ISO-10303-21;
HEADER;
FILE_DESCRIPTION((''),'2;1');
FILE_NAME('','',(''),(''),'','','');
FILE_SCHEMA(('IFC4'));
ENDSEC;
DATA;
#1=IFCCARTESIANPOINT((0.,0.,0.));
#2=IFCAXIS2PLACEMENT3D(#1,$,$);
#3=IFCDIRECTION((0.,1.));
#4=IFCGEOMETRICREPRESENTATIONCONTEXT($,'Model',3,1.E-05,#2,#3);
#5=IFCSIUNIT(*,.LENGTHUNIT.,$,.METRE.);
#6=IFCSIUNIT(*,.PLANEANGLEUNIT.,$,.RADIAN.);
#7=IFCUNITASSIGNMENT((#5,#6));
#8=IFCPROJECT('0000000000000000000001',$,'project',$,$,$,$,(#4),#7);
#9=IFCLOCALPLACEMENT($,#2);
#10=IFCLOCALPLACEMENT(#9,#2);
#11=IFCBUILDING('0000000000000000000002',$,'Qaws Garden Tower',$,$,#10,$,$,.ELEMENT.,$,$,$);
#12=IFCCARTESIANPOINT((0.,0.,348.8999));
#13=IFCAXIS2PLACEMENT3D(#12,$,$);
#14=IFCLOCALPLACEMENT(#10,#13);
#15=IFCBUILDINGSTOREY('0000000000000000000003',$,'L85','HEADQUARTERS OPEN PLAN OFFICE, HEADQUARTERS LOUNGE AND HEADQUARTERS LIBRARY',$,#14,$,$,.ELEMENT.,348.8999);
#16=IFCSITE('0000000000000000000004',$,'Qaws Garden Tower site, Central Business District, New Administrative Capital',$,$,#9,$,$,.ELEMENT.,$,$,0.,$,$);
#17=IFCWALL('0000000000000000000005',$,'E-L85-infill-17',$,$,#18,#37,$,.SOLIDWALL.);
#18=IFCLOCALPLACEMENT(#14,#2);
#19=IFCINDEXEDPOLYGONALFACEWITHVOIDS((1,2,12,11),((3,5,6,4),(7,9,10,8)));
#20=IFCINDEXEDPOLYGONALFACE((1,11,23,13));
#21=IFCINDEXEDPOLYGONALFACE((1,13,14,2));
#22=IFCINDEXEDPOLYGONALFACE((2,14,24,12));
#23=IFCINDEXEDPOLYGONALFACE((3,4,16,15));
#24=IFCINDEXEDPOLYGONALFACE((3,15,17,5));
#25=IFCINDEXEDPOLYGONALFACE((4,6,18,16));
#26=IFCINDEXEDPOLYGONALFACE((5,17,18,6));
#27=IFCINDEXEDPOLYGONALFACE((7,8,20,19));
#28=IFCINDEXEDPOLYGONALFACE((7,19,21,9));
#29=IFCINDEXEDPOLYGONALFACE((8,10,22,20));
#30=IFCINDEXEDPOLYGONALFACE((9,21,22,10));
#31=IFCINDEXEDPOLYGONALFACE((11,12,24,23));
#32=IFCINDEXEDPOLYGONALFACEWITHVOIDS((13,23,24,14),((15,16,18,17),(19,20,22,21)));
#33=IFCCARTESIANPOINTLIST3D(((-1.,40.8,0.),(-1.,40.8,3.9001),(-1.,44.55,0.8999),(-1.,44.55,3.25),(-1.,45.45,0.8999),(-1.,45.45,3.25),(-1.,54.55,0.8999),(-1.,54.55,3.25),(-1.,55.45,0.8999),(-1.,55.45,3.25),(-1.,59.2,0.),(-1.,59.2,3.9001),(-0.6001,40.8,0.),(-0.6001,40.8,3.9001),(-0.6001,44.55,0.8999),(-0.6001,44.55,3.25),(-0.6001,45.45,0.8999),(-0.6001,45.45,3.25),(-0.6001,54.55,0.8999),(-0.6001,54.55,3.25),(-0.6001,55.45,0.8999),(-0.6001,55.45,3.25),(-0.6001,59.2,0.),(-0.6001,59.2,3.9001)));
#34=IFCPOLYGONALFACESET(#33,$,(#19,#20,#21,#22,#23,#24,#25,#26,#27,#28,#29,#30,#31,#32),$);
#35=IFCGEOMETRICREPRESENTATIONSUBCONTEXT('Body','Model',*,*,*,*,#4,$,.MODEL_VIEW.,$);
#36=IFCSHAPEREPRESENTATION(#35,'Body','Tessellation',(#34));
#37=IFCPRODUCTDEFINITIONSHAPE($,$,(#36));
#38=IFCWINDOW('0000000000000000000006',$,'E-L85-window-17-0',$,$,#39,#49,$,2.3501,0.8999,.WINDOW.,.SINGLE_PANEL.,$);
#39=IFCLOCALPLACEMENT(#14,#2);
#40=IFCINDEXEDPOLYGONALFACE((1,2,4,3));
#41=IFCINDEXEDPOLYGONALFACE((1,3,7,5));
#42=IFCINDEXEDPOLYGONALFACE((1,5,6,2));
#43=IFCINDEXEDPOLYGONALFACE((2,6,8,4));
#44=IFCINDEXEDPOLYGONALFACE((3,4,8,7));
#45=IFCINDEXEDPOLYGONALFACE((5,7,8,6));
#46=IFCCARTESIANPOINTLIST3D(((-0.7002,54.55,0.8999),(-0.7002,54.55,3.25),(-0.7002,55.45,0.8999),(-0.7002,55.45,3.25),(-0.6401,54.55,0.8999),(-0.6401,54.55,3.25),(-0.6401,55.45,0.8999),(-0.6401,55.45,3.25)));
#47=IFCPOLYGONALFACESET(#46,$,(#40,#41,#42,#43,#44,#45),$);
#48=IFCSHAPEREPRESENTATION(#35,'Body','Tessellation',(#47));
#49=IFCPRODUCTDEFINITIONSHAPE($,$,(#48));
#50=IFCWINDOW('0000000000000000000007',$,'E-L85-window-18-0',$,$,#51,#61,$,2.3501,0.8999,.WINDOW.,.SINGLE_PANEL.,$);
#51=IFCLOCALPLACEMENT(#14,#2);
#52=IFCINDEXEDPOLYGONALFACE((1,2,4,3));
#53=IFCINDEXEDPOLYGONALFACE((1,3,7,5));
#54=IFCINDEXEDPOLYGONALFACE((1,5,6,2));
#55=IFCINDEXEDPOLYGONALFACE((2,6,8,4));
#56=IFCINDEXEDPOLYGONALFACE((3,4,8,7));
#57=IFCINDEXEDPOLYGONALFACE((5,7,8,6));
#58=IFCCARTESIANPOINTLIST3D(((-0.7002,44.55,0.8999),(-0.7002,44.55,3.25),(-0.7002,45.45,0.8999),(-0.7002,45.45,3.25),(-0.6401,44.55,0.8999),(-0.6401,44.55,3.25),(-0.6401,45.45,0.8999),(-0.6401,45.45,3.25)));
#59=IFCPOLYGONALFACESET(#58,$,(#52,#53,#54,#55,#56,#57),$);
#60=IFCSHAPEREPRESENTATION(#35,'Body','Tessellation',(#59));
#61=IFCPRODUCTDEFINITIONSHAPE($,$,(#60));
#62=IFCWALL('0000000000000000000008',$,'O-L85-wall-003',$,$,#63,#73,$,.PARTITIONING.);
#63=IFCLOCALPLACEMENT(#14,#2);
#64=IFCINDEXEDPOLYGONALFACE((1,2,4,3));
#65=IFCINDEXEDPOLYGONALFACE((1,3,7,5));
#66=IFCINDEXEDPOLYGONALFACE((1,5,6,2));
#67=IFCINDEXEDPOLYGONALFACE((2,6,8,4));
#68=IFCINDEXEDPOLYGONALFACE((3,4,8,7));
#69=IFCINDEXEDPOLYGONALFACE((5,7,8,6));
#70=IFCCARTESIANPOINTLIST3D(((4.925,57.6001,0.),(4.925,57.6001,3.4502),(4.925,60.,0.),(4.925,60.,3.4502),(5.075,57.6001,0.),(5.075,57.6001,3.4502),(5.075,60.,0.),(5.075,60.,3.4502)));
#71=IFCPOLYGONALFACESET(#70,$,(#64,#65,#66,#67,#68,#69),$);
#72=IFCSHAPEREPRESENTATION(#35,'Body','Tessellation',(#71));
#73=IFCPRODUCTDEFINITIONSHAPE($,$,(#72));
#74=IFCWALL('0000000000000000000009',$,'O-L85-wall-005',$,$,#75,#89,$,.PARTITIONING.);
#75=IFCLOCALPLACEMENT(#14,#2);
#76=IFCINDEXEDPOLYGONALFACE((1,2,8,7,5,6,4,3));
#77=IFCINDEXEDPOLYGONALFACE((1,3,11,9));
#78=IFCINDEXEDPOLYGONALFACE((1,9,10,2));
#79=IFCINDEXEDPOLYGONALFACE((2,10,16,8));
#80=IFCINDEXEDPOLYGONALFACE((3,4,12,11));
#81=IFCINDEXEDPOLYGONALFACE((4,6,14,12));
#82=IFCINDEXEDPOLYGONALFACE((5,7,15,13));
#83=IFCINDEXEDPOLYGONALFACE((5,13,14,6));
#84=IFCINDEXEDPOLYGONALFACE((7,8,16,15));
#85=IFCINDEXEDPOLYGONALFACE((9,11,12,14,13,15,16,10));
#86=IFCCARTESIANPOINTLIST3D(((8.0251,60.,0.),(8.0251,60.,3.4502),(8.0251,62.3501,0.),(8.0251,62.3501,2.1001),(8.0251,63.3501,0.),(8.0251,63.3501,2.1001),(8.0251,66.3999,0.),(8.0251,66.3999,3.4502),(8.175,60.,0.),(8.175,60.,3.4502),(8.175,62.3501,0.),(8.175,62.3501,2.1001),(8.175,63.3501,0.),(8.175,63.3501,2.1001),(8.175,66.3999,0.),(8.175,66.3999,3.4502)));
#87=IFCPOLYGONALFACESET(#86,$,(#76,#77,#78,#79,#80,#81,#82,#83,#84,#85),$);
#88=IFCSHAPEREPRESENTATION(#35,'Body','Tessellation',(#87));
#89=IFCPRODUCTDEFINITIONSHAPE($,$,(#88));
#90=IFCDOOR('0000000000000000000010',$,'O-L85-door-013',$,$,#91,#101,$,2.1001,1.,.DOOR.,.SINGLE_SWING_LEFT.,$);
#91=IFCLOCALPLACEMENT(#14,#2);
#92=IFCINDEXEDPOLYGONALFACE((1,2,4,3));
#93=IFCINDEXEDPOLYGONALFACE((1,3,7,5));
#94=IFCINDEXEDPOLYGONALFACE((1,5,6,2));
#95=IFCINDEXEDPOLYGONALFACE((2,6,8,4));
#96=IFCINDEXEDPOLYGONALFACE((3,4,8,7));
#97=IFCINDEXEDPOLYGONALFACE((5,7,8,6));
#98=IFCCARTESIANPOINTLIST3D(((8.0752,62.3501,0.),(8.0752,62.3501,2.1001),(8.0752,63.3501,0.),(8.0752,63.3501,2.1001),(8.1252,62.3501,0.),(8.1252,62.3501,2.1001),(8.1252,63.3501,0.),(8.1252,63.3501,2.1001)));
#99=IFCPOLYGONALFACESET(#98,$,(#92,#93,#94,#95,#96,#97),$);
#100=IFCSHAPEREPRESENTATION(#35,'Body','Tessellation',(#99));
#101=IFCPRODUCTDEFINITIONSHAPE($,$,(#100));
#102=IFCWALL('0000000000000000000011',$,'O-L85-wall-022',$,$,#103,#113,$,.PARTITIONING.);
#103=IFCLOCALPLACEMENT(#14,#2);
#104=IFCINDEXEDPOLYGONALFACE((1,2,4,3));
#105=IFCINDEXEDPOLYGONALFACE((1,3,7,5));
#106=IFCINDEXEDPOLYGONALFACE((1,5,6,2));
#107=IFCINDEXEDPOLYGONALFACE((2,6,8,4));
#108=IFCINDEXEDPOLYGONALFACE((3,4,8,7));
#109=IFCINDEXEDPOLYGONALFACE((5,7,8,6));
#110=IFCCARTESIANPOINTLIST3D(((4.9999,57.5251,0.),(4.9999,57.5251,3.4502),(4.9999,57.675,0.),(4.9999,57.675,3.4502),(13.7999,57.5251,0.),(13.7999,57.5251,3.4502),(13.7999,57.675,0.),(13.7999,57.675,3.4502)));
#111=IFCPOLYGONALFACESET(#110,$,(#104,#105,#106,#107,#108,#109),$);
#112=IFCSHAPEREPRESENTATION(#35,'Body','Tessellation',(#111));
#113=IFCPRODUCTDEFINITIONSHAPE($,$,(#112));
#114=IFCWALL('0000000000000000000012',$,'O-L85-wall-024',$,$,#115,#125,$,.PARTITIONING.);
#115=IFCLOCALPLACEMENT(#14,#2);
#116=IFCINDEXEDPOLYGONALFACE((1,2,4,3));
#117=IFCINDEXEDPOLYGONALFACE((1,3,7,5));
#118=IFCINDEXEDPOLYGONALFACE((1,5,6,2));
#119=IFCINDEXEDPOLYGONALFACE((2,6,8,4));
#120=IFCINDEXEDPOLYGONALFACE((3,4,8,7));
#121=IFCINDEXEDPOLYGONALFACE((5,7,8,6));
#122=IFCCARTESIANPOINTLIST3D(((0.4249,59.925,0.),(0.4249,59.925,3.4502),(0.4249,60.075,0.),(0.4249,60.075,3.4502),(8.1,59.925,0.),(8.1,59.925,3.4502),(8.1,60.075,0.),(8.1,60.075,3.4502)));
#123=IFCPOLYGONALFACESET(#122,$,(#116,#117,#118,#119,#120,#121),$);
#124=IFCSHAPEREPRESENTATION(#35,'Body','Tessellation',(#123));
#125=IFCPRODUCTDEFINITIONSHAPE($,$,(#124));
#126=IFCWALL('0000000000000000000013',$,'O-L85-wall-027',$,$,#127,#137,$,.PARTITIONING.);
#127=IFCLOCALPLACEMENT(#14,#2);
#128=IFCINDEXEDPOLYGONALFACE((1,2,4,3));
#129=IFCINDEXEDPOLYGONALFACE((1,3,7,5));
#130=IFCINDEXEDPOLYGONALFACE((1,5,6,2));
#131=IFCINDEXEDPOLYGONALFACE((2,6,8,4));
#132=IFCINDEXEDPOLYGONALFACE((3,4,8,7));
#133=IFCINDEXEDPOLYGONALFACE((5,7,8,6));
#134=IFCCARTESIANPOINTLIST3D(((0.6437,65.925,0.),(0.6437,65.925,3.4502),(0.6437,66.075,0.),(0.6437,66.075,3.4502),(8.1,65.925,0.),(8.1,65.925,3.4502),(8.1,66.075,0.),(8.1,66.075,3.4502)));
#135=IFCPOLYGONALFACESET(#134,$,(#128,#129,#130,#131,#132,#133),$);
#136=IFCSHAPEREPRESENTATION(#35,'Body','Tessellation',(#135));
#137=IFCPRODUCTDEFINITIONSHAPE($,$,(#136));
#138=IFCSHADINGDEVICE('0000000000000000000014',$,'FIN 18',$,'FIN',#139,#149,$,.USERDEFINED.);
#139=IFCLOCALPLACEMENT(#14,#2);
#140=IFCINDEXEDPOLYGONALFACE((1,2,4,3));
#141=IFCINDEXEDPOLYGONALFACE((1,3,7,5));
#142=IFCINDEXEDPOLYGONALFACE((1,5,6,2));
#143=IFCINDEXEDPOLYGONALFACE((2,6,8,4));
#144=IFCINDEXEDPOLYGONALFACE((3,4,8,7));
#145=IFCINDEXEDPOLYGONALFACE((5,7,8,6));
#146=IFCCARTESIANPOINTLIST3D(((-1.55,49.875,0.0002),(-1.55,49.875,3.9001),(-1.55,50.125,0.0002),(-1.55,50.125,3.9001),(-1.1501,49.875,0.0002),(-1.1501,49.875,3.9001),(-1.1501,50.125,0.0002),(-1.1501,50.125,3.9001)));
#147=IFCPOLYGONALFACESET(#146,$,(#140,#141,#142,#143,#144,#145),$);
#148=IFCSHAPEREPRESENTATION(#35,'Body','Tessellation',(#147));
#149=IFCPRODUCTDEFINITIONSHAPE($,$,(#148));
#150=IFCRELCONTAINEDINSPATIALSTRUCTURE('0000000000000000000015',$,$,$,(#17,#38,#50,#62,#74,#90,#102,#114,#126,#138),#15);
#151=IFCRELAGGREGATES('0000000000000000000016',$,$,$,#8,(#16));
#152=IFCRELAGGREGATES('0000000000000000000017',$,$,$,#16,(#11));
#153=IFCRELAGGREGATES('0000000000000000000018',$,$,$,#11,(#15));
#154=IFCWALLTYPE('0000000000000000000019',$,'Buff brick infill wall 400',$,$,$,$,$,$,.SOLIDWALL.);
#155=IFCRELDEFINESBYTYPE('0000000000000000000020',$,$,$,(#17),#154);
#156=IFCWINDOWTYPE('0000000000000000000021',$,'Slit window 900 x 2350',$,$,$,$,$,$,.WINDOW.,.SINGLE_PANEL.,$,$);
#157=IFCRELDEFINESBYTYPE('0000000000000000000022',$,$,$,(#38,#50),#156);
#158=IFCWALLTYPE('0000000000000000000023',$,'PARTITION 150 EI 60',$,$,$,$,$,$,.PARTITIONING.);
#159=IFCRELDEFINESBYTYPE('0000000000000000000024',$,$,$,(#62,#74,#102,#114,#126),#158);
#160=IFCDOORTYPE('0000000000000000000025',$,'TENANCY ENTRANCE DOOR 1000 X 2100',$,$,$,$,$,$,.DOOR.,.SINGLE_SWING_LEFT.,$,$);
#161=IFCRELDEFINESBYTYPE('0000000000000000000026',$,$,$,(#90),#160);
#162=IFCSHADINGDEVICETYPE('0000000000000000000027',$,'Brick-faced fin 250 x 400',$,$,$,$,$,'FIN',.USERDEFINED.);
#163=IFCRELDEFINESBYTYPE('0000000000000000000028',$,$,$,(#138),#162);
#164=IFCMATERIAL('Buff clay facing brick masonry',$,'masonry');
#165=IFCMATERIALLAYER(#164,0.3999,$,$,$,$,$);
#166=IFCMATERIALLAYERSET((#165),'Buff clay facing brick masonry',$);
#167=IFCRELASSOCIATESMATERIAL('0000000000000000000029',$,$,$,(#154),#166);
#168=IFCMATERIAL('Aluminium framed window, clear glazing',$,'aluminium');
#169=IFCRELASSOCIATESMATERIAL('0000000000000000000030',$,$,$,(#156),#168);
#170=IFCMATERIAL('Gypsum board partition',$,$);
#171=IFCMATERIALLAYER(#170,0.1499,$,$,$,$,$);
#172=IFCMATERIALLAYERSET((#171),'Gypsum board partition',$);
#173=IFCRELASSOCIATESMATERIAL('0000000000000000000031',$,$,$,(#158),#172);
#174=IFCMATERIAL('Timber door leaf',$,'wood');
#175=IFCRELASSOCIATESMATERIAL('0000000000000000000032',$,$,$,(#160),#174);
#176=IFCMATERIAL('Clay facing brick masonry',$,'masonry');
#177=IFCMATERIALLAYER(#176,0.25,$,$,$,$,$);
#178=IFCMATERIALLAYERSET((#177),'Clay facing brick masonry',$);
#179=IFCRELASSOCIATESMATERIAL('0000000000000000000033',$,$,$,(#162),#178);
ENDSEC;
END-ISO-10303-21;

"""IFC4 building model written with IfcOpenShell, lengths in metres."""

from ifc_helpers import new_model, si_unit, direction, frame, frame_2d, origin, origin_2d, place, context, subcontext, project, spatial, rectangle, extrude, material, layer, layer_set, type_object, element, fill, save


model = new_model("IFC4")

# Units and contexts
model_context = context("Model", 3, precision=1e-05, world=origin(), true_north=direction((0.0, 1.0)))
body_context = subcontext(model_context, "Body", "Model", "MODEL_VIEW")
ifc_project = project(units=[si_unit("LENGTHUNIT", "METRE"), si_unit("PLANEANGLEUNIT", "RADIAN")], contexts=[model_context])

# Site, building, storey
site_placement = place(None, origin())
site = spatial("IfcSite", under=ifc_project, at=site_placement, Name="Qaws Garden Tower site, Central Business District, New Administrative Capital", CompositionType="ELEMENT", RefElevation=0.0)
building_placement = place(site_placement, origin())
building = spatial("IfcBuilding", under=site, at=building_placement, Name="Qaws Garden Tower", CompositionType="ELEMENT")
storey_placement = place(building_placement, frame((0.0, 0.0, 348.8999)))
storey = spatial("IfcBuildingStorey", under=building, at=storey_placement, Name="L85", Description="HEADQUARTERS OPEN PLAN OFFICE, HEADQUARTERS LOUNGE AND HEADQUARTERS LIBRARY", CompositionType="ELEMENT", Elevation=348.8999)

# Shared definitions
ifc_material_1 = material(Name="Buff clay facing brick masonry", Category="masonry")
ifc_layer_1 = layer(ifc_material_1, 0.3999)
ifc_layer_set_1 = layer_set([ifc_layer_1], Name="Buff clay facing brick masonry")
wall_type_1 = type_object("IfcWallType", Name="Buff brick infill wall 400", PredefinedType="SOLIDWALL", material=ifc_layer_set_1)

# Wall, openings, windows
wall_1_placement = place(storey_placement, frame((-0.8, 59.2, 0.0), z_axis=(0.0, 0.0, 1.0), x_axis=(0.0, -1.0, 0.0)))
wall_1 = element("IfcWall", 1, at=wall_1_placement, inside=storey, type_object=wall_type_1, Name="E-L85-infill-17", PredefinedType="SOLIDWALL", context=body_context, shape_type="SweptSolid", body=[
    extrude(rectangle(XDim=18.3999, YDim=0.3999, at=frame_2d((9.2, 0.0))), origin(), (0.0, 0.0, 1.0), 3.9001),
])
opening_1_placement = place(wall_1_placement, frame((3.75, 0.0, 0.8999)))
opening_1 = element("IfcOpeningElement", 2, at=opening_1_placement, cuts=wall_1, PredefinedType="OPENING", context=body_context, shape_type="SweptSolid", body=[
    extrude(rectangle(XDim=0.8999, YDim=2.3501, at=frame_2d((0.45, 1.175))), frame((0.0, 0.21, 0.0), z_axis=(0.0, -1.0, 0.0), x_axis=(1.0, 0.0, 0.0)), (0.0, 0.0, 1.0), 0.4199),
])
opening_2_placement = place(wall_1_placement, frame((13.75, 0.0, 0.8999)))
opening_2 = element("IfcOpeningElement", 3, at=opening_2_placement, cuts=wall_1, PredefinedType="OPENING", context=body_context, shape_type="SweptSolid", body=[
    extrude(rectangle(XDim=0.8999, YDim=2.3501, at=frame_2d((0.45, 1.175))), frame((0.0, 0.21, 0.0), z_axis=(0.0, -1.0, 0.0), x_axis=(1.0, 0.0, 0.0)), (0.0, 0.0, 1.0), 0.4199),
])
ifc_material_2 = material(Name="Aluminium framed window, clear glazing", Category="aluminium")
window_type_1 = type_object("IfcWindowType", Name="Slit window 900 x 2350", PartitioningType="SINGLE_PANEL", PredefinedType="WINDOW", material=ifc_material_2)
window_1_placement = place(opening_1_placement, origin())
window_1 = element("IfcWindow", 4, at=window_1_placement, inside=storey, type_object=window_type_1, Name="E-L85-window-17-0", OverallHeight=2.3501, OverallWidth=0.8999, PartitioningType="SINGLE_PANEL", PredefinedType="WINDOW", context=body_context, shape_type="SweptSolid", body=[
    extrude(rectangle(XDim=0.8999, YDim=2.3501, at=frame_2d((0.45, 1.175))), frame((0.0, 0.1599, 0.0), z_axis=(0.0, -1.0, 0.0), x_axis=(1.0, 0.0, 0.0)), (0.0, 0.0, 1.0), 0.0601),
])
fill(opening_1, window_1)
window_2_placement = place(opening_2_placement, origin())
window_2 = element("IfcWindow", 5, at=window_2_placement, inside=storey, type_object=window_type_1, Name="E-L85-window-18-0", OverallHeight=2.3501, OverallWidth=0.8999, PartitioningType="SINGLE_PANEL", PredefinedType="WINDOW", context=body_context, shape_type="SweptSolid", body=[
    extrude(rectangle(XDim=0.8999, YDim=2.3501, at=frame_2d((0.45, 1.175))), frame((0.0, 0.1599, 0.0), z_axis=(0.0, -1.0, 0.0), x_axis=(1.0, 0.0, 0.0)), (0.0, 0.0, 1.0), 0.0601),
])
fill(opening_2, window_2)

# Wall
ifc_material_3 = material(Name="Gypsum board partition")
ifc_layer_2 = layer(ifc_material_3, 0.1499)
ifc_layer_set_2 = layer_set([ifc_layer_2], Name="Gypsum board partition")
wall_type_2 = type_object("IfcWallType", Name="PARTITION 150 EI 60", PredefinedType="PARTITIONING", material=ifc_layer_set_2)
wall_2_placement = place(storey_placement, frame((5.0, 57.6001, 0.0), z_axis=(0.0, 0.0, 1.0), x_axis=(0.0, 1.0, 0.0)))
element("IfcWall", 6, at=wall_2_placement, inside=storey, type_object=wall_type_2, Name="O-L85-wall-003", PredefinedType="PARTITIONING", context=body_context, shape_type="SweptSolid", body=[
    extrude(rectangle(XDim=2.3999, YDim=0.1499, at=frame_2d((1.2, 0.0))), origin(), (0.0, 0.0, 1.0), 3.4502),
])

# Wall, opening, door
wall_3_placement = place(storey_placement, frame((8.1001, 60.0, 0.0), z_axis=(0.0, 0.0, 1.0), x_axis=(0.0, 1.0, 0.0)))
wall_3 = element("IfcWall", 7, at=wall_3_placement, inside=storey, type_object=wall_type_2, Name="O-L85-wall-005", PredefinedType="PARTITIONING", context=body_context, shape_type="SweptSolid", body=[
    extrude(rectangle(XDim=6.3999, YDim=0.1499, at=frame_2d((3.2, 0.0))), origin(), (0.0, 0.0, 1.0), 3.4502),
])
opening_3_placement = place(wall_3_placement, frame((2.3501, 0.0, 0.0)))
opening_3 = element("IfcOpeningElement", 8, at=opening_3_placement, cuts=wall_3, PredefinedType="OPENING", context=body_context, shape_type="SweptSolid", body=[
    extrude(rectangle(XDim=1.0, YDim=2.1001, at=frame_2d((0.5, 1.05))), frame((0.0, 0.085, 0.0), z_axis=(0.0, -1.0, 0.0), x_axis=(1.0, 0.0, 0.0)), (0.0, 0.0, 1.0), 0.1699),
])
ifc_material_4 = material(Name="Timber door leaf", Category="wood")
door_type = type_object("IfcDoorType", Name="TENANCY ENTRANCE DOOR 1000 X 2100", OperationType="SINGLE_SWING_LEFT", PredefinedType="DOOR", material=ifc_material_4)
door_placement = place(opening_3_placement, origin())
door = element("IfcDoor", 9, at=door_placement, inside=storey, type_object=door_type, Name="O-L85-door-013", OperationType="SINGLE_SWING_LEFT", OverallHeight=2.1001, OverallWidth=1.0, PredefinedType="DOOR", context=body_context, shape_type="SweptSolid", body=[
    extrude(rectangle(XDim=1.0, YDim=2.1001, at=frame_2d((0.5, 1.05))), frame((0.0, 0.0249, 0.0), z_axis=(0.0, -1.0, 0.0), x_axis=(1.0, 0.0, 0.0)), (0.0, 0.0, 1.0), 0.05),
])
fill(opening_3, door)

# Walls
wall_4_placement = place(storey_placement, frame((5.0, 57.6001, 0.0), z_axis=(0.0, 0.0, 1.0), x_axis=(1.0, 0.0, 0.0)))
element("IfcWall", 10, at=wall_4_placement, inside=storey, type_object=wall_type_2, Name="O-L85-wall-022", PredefinedType="PARTITIONING", context=body_context, shape_type="SweptSolid", body=[
    extrude(rectangle(XDim=8.8, YDim=0.1499, at=frame_2d((4.3999, 0.0))), origin(), (0.0, 0.0, 1.0), 3.4502),
])
wall_5_placement = place(storey_placement, frame((0.425, 60.0, 0.0), z_axis=(0.0, 0.0, 1.0), x_axis=(1.0, 0.0, 0.0)))
element("IfcWall", 11, at=wall_5_placement, inside=storey, type_object=wall_type_2, Name="O-L85-wall-024", PredefinedType="PARTITIONING", context=body_context, shape_type="SweptSolid", body=[
    extrude(rectangle(XDim=7.675, YDim=0.1499, at=frame_2d((3.8374, 0.0))), origin(), (0.0, 0.0, 1.0), 3.4502),
])
wall_6_placement = place(storey_placement, frame((0.6438, 66.0, 0.0), z_axis=(0.0, 0.0, 1.0), x_axis=(1.0, 0.0, 0.0)))
element("IfcWall", 12, at=wall_6_placement, inside=storey, type_object=wall_type_2, Name="O-L85-wall-027", PredefinedType="PARTITIONING", context=body_context, shape_type="SweptSolid", body=[
    extrude(rectangle(XDim=7.4563, YDim=0.1499, at=frame_2d((3.728, 0.0))), origin(), (0.0, 0.0, 1.0), 3.4502),
])

# Shading device
ifc_material_5 = material(Name="Clay facing brick masonry", Category="masonry")
ifc_layer_3 = layer(ifc_material_5, 0.25)
ifc_layer_set_3 = layer_set([ifc_layer_3], Name="Clay facing brick masonry")
shading_device_type = type_object("IfcShadingDeviceType", Name="Brick-faced fin 250 x 400", ElementType="FIN", PredefinedType="USERDEFINED", material=ifc_layer_set_3)
shading_device_placement = place(storey_placement, frame((-1.3501, 50.0, 0.0002), z_axis=(0.0, 0.0, 1.0), x_axis=(0.0, -1.0, 0.0)))
element("IfcShadingDevice", 13, at=shading_device_placement, inside=storey, type_object=shading_device_type, Name="FIN 18", ObjectType="FIN", PredefinedType="USERDEFINED", context=body_context, shape_type="SweptSolid", body=[
    extrude(rectangle(XDim=0.25, YDim=0.3999, at=origin_2d()), origin(), (0.0, 0.0, 1.0), 3.8999),
])

save(model, "model.ifc")
